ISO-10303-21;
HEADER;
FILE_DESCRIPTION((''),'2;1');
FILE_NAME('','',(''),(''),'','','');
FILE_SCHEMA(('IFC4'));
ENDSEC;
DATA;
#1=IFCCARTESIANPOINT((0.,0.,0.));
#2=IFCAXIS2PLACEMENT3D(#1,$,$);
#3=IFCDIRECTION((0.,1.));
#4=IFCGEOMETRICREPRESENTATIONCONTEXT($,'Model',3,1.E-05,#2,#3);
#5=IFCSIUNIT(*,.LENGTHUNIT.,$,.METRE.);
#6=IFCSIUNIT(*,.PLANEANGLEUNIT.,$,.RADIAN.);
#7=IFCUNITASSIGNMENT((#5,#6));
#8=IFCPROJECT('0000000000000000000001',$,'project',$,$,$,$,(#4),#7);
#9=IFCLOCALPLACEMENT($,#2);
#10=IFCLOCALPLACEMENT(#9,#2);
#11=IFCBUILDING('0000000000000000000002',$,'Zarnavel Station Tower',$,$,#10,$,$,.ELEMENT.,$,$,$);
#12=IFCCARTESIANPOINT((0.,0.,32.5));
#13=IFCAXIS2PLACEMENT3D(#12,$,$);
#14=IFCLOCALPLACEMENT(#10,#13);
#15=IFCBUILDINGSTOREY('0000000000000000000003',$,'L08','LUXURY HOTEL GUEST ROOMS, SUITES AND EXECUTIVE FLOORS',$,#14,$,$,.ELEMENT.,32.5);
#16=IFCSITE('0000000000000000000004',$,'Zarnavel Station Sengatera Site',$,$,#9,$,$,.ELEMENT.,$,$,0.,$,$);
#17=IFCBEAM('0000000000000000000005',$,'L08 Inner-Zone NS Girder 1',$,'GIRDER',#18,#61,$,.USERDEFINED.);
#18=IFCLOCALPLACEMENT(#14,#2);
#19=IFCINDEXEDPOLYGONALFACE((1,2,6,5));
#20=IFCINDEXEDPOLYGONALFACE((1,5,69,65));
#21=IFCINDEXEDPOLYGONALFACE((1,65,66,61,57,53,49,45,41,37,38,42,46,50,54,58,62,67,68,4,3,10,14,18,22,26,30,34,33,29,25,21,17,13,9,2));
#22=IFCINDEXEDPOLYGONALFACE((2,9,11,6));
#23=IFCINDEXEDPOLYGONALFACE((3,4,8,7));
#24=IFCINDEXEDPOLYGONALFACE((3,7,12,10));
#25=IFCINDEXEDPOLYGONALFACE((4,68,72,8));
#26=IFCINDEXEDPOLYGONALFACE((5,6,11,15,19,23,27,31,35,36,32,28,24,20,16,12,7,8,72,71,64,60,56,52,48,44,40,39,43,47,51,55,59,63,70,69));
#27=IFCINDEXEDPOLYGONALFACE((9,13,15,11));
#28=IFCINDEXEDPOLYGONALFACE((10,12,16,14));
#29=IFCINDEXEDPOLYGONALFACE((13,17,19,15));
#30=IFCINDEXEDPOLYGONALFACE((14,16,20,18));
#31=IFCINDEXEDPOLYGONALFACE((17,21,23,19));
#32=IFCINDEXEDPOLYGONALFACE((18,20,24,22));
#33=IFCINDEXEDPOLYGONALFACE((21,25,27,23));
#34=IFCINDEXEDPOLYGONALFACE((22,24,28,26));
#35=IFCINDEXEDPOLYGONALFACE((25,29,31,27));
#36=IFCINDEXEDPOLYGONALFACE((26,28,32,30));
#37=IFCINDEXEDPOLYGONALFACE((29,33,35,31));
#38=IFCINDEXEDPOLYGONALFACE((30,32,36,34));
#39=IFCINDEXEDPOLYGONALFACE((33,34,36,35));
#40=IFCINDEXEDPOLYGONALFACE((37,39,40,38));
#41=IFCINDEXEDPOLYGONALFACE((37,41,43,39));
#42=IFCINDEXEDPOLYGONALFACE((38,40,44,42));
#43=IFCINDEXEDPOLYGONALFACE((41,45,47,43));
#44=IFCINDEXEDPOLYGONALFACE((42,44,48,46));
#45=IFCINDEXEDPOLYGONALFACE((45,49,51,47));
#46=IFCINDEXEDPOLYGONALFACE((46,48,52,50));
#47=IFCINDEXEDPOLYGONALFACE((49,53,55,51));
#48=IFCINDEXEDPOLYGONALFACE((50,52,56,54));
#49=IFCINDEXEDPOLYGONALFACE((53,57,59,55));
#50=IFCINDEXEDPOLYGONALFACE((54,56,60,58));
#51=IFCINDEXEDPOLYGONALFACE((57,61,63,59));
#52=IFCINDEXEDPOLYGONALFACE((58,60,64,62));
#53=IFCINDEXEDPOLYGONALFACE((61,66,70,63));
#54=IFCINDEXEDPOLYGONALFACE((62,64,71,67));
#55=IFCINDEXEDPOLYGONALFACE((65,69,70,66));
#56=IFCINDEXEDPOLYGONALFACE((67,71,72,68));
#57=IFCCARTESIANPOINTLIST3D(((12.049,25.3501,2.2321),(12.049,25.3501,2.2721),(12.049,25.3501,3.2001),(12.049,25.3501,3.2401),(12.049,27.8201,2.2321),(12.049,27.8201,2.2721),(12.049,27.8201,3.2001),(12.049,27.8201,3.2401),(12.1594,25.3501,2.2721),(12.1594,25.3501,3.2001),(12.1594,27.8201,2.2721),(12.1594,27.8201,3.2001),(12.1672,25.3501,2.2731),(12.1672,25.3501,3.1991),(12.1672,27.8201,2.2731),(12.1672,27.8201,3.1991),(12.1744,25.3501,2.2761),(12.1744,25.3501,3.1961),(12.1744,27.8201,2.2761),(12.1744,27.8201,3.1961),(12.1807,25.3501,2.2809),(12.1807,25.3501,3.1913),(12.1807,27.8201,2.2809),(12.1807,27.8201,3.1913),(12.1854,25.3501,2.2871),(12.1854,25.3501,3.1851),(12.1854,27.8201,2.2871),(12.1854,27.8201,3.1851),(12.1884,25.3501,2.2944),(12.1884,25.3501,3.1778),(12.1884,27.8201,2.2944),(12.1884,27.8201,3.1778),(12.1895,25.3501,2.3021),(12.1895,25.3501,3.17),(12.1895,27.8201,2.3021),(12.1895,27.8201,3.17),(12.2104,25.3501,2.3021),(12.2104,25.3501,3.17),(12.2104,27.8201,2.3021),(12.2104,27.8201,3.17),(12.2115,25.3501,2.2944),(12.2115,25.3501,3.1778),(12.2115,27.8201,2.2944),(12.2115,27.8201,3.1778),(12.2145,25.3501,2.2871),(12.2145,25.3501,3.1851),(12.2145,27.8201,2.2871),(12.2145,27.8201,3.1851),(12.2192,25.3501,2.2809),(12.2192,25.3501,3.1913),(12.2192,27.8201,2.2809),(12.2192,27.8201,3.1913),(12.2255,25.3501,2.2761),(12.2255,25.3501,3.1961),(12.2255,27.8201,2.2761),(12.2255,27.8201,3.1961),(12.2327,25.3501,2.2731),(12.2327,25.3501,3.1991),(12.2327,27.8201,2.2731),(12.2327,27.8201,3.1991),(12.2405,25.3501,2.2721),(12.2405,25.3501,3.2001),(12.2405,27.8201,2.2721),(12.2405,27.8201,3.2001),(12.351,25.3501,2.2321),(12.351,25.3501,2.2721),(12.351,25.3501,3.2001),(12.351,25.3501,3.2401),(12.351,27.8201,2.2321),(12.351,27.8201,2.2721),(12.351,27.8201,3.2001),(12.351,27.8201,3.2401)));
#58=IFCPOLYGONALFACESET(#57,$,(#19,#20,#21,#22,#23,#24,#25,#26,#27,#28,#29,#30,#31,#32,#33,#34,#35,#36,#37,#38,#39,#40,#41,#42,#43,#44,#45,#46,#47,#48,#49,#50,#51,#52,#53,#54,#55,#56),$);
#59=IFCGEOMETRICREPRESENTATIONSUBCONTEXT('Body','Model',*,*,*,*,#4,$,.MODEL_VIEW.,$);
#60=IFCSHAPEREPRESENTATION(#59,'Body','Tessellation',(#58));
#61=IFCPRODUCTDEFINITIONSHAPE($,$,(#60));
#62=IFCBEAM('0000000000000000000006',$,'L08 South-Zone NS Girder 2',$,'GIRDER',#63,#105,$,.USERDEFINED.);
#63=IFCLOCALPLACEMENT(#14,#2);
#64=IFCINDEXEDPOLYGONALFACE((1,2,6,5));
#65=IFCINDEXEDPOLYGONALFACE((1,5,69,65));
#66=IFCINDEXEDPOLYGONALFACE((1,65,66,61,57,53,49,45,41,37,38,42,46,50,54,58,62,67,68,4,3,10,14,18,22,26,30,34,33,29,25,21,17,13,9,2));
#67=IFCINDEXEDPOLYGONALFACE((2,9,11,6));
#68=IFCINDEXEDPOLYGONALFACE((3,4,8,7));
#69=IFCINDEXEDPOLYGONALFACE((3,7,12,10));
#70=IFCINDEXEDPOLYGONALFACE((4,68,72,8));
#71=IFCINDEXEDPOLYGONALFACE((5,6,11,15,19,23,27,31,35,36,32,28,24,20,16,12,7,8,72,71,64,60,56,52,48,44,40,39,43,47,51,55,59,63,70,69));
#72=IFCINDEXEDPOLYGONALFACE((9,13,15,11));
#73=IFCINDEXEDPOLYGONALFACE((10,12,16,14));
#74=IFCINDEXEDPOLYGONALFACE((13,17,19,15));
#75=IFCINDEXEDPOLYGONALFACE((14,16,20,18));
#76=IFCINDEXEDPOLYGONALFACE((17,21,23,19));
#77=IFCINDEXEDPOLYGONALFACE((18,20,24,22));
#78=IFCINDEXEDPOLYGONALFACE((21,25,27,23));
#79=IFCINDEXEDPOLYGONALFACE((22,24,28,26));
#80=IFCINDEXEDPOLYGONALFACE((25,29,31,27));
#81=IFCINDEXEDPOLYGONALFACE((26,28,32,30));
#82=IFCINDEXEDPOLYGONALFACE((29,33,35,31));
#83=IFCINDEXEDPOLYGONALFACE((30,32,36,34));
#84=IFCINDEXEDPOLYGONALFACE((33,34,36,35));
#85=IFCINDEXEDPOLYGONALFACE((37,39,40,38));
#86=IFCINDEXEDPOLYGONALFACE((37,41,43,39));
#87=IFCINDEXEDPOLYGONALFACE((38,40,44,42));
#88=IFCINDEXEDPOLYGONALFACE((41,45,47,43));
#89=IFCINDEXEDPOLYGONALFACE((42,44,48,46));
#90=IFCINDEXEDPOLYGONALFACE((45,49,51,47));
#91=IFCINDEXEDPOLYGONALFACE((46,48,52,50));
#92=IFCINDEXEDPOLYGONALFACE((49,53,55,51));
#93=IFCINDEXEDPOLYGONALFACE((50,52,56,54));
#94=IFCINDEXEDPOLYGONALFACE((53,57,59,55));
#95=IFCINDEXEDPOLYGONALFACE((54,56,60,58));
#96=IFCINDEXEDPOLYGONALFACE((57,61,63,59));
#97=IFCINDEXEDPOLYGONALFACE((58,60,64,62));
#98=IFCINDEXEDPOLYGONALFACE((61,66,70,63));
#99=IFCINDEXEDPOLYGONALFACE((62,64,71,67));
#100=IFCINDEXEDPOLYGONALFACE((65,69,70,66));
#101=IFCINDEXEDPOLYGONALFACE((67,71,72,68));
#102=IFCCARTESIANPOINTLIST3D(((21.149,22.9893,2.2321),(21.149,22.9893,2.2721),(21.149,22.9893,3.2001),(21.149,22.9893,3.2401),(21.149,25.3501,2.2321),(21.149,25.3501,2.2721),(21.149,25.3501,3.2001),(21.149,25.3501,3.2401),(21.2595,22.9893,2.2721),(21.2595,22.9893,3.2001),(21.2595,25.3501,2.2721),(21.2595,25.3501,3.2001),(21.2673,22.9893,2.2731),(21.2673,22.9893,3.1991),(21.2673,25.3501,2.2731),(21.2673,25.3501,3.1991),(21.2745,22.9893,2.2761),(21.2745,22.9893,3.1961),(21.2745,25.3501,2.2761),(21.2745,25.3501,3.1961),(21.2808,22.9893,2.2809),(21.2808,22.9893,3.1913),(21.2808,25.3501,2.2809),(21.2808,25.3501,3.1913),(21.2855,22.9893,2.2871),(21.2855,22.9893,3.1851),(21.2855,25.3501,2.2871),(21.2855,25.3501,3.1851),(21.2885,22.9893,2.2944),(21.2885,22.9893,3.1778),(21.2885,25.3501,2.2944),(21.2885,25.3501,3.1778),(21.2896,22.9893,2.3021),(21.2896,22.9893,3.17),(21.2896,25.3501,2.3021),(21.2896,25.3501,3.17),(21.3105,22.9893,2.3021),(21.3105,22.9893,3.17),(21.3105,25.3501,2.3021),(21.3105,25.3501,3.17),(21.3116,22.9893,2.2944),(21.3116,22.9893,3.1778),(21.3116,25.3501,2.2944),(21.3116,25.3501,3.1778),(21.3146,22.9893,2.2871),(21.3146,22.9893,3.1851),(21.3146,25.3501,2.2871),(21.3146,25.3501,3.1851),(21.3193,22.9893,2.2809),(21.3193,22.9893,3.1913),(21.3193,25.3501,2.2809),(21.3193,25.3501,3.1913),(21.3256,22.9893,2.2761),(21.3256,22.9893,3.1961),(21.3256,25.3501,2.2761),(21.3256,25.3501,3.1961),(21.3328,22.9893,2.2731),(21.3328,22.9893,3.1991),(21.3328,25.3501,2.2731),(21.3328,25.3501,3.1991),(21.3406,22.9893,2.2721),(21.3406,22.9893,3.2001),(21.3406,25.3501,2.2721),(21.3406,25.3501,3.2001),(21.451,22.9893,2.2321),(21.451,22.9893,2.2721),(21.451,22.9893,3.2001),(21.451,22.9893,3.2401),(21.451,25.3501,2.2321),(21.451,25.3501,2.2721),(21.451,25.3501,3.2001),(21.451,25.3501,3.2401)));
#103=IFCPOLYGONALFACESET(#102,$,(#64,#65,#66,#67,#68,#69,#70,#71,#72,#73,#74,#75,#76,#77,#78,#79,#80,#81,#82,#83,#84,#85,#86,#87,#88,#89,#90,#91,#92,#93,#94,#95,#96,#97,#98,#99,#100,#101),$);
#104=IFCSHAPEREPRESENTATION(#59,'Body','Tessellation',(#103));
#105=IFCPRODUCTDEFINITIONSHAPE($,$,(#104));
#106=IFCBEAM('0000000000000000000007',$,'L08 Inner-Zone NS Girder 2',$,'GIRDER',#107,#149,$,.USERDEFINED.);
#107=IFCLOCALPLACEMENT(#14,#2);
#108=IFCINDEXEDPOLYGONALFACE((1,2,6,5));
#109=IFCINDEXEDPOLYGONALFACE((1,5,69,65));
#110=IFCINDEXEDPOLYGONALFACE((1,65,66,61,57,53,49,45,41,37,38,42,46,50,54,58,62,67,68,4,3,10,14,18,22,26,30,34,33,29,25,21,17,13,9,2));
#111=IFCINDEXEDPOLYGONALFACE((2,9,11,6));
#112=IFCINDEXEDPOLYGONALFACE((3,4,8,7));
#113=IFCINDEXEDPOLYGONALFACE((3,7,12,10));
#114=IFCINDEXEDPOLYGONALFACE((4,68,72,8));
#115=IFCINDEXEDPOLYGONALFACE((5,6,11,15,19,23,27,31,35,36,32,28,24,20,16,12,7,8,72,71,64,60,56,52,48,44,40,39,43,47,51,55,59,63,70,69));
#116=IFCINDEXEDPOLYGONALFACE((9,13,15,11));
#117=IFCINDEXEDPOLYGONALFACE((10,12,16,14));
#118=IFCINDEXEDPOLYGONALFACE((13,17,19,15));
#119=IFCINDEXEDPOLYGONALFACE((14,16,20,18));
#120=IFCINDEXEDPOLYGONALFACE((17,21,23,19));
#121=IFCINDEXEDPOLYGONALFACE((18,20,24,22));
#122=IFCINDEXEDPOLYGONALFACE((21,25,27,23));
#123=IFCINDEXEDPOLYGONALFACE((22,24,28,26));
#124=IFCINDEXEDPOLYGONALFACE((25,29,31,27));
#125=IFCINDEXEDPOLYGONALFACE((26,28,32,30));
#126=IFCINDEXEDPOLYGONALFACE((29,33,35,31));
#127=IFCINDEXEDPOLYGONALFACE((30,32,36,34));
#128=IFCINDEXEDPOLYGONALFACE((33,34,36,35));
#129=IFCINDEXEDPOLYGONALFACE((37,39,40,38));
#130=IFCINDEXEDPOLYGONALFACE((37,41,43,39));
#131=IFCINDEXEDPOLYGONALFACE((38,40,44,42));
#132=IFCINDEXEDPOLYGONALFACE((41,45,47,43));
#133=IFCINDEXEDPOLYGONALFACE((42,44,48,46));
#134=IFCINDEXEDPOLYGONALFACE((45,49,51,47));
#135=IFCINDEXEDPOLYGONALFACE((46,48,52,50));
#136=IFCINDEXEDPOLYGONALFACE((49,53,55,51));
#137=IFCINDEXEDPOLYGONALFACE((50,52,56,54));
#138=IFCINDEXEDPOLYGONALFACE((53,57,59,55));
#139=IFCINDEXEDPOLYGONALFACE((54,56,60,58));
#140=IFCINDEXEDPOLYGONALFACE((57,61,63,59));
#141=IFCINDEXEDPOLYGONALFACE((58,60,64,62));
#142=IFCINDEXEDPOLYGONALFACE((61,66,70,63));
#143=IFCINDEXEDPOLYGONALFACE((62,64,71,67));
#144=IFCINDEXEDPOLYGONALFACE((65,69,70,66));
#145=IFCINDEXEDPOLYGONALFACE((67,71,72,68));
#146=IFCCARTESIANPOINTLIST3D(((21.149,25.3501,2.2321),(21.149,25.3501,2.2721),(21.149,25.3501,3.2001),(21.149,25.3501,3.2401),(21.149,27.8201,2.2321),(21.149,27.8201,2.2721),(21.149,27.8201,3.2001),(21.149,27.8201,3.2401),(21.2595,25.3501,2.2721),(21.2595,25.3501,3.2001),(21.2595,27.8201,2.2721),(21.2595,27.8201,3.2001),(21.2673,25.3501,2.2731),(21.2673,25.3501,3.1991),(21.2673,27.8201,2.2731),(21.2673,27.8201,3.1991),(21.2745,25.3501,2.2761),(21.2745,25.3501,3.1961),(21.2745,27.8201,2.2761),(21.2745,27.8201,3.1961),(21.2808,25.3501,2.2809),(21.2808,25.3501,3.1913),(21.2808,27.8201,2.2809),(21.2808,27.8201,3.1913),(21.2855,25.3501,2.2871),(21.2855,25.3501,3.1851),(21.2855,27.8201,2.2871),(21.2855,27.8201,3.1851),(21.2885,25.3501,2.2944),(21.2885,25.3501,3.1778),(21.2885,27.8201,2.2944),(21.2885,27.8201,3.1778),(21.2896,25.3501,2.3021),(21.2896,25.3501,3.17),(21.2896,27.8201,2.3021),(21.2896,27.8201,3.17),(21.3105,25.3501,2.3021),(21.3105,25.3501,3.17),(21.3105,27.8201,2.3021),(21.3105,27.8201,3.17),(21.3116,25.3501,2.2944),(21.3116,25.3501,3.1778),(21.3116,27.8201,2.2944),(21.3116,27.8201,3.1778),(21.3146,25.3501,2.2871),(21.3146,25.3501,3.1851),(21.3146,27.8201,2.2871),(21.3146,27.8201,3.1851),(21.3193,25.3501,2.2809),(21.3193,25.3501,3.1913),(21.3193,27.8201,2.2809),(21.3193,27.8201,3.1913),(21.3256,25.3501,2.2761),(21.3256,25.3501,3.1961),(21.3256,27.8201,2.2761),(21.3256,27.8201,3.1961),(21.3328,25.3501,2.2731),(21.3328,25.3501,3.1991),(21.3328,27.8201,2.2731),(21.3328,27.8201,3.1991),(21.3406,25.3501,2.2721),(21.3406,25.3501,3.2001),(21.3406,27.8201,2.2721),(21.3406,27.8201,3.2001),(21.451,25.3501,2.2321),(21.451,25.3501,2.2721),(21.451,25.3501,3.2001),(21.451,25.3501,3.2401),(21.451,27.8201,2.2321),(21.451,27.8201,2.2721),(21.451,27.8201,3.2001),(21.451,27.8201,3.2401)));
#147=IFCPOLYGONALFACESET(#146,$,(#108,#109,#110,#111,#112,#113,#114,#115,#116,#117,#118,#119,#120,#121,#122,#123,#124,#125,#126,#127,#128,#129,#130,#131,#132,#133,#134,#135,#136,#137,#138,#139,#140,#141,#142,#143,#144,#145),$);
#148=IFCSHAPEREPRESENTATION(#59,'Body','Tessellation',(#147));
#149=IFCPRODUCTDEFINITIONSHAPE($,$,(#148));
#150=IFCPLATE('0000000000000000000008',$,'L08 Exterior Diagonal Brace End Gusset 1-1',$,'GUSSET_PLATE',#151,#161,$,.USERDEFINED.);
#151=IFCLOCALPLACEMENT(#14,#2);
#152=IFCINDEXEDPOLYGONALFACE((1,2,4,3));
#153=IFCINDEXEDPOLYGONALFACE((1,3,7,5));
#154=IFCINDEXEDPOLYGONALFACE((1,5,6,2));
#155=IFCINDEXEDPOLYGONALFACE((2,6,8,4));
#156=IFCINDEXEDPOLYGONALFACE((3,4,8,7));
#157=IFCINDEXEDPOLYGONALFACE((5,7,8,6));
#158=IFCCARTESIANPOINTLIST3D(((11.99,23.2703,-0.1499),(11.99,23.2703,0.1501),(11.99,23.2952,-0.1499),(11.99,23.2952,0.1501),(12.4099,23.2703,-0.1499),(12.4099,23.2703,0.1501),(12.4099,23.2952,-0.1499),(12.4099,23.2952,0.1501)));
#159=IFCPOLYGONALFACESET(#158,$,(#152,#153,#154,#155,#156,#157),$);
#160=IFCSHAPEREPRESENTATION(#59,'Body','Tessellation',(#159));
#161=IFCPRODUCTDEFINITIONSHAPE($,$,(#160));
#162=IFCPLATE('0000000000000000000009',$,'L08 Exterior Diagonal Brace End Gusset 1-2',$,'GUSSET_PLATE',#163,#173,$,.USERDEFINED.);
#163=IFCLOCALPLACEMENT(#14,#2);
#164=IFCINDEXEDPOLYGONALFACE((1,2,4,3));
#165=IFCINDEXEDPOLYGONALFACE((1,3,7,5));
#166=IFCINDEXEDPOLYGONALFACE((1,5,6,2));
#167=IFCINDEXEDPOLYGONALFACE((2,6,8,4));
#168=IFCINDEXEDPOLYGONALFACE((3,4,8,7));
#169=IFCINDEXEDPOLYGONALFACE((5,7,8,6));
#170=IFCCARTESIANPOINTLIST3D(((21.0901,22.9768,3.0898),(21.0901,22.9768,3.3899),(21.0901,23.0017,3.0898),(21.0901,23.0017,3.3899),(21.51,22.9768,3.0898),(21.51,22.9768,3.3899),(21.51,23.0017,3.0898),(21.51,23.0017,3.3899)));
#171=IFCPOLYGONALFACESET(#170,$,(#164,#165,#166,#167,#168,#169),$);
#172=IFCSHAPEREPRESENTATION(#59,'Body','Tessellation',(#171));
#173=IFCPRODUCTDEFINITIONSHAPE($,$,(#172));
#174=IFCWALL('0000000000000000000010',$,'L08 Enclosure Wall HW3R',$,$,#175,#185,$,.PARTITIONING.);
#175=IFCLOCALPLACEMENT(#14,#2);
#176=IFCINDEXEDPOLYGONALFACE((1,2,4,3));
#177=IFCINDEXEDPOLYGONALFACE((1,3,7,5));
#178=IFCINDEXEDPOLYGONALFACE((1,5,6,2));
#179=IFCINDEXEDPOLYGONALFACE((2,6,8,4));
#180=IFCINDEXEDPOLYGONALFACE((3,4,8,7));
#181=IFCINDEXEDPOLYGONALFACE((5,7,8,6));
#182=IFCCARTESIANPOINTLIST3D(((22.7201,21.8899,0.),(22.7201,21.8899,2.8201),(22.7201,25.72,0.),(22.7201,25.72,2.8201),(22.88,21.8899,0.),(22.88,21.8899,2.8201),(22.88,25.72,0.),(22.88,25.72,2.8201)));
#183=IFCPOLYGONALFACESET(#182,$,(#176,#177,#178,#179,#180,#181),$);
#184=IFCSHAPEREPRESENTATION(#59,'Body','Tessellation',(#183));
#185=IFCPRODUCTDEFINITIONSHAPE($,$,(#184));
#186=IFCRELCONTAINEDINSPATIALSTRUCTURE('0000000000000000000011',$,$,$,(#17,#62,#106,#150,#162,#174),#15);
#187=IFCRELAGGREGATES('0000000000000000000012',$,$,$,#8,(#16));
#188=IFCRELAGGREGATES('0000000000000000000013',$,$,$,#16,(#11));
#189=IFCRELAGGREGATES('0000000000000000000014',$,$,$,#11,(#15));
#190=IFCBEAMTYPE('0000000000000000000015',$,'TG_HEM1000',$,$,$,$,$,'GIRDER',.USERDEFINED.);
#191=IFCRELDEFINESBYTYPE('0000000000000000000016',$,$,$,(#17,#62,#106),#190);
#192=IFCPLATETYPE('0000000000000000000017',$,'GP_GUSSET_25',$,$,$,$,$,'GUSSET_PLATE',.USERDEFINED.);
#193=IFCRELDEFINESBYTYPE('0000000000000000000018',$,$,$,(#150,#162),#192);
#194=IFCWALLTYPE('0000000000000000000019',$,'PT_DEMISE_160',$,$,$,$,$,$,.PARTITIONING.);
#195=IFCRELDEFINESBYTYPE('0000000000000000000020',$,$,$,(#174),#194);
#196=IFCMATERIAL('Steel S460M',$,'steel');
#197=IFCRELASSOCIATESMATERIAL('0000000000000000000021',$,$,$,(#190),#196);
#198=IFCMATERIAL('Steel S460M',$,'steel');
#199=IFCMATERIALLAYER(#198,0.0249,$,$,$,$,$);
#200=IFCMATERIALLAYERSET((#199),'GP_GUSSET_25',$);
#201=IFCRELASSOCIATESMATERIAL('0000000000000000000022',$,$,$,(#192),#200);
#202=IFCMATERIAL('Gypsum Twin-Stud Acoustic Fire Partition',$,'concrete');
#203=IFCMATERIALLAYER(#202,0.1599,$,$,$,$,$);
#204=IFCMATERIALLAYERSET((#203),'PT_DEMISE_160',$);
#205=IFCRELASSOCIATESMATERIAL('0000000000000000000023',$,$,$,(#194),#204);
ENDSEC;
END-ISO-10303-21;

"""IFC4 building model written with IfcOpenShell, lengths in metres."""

from ifc_helpers import new_model, si_unit, direction, frame, frame_2d, origin, origin_2d, place, context, subcontext, project, spatial, rectangle, i_section, extrude, material, layer, layer_set, material_profile, profile_set, type_object, element, save


model = new_model("IFC4")

# Units and contexts
model_context = context("Model", 3, precision=1e-05, world=origin(), true_north=direction((0.0, 1.0)))
body_context = subcontext(model_context, "Body", "Model", "MODEL_VIEW")
ifc_project = project(units=[si_unit("LENGTHUNIT", "METRE"), si_unit("PLANEANGLEUNIT", "RADIAN")], contexts=[model_context])

# Site, building, storey
site_placement = place(None, origin())
site = spatial("IfcSite", under=ifc_project, at=site_placement, Name="Zarnavel Station Sengatera Site", CompositionType="ELEMENT", RefElevation=0.0)
building_placement = place(site_placement, origin())
building = spatial("IfcBuilding", under=site, at=building_placement, Name="Zarnavel Station Tower", CompositionType="ELEMENT")
storey_placement = place(building_placement, frame((0.0, 0.0, 32.5)))
storey = spatial("IfcBuildingStorey", under=building, at=storey_placement, Name="L08", Description="LUXURY HOTEL GUEST ROOMS, SUITES AND EXECUTIVE FLOORS", CompositionType="ELEMENT", Elevation=32.5)

# Beams
ifc_material_1 = material(Name="Steel S460M", Category="steel")
ifc_material_profile_1 = material_profile(ifc_material_1, i_section(OverallWidth=0.302, OverallDepth=1.0081, WebThickness=0.021, FlangeThickness=0.04, FilletRadius=0.03, at=origin_2d()), Name="HEM1000")
ifc_profile_set_1 = profile_set([ifc_material_profile_1], Name="Steel S460M")
beam_type_1 = type_object("IfcBeamType", Name="TG_HEM1000", ElementType="GIRDER", PredefinedType="USERDEFINED", material=ifc_profile_set_1)
beam_1_placement = place(storey_placement, frame((12.2, 25.3501, 2.7361), z_axis=(0.0, 1.0, 0.0), x_axis=(-1.0, 0.0, 0.0)))
element("IfcBeam", 1, at=beam_1_placement, inside=storey, type_object=beam_type_1, Name="L08 Inner-Zone NS Girder 1", ObjectType="GIRDER", PredefinedType="USERDEFINED", context=body_context, shape_type="SweptSolid", body=[
    extrude(i_section(OverallWidth=0.302, OverallDepth=1.0081, WebThickness=0.021, FlangeThickness=0.04, FilletRadius=0.03, at=origin_2d()), origin(), (0.0, 0.0, 1.0), 2.47),
])
beam_2_placement = place(storey_placement, frame((21.3, 22.9893, 2.7361), z_axis=(0.0, 1.0, 0.0), x_axis=(-1.0, 0.0, 0.0)))
element("IfcBeam", 2, at=beam_2_placement, inside=storey, type_object=beam_type_1, Name="L08 South-Zone NS Girder 2", ObjectType="GIRDER", PredefinedType="USERDEFINED", context=body_context, shape_type="SweptSolid", body=[
    extrude(i_section(OverallWidth=0.302, OverallDepth=1.0081, WebThickness=0.021, FlangeThickness=0.04, FilletRadius=0.03, at=origin_2d()), origin(), (0.0, 0.0, 1.0), 2.3608),
])
beam_3_placement = place(storey_placement, frame((21.3, 25.3501, 2.7361), z_axis=(0.0, 1.0, 0.0), x_axis=(-1.0, 0.0, 0.0)))
element("IfcBeam", 3, at=beam_3_placement, inside=storey, type_object=beam_type_1, Name="L08 Inner-Zone NS Girder 2", ObjectType="GIRDER", PredefinedType="USERDEFINED", context=body_context, shape_type="SweptSolid", body=[
    extrude(i_section(OverallWidth=0.302, OverallDepth=1.0081, WebThickness=0.021, FlangeThickness=0.04, FilletRadius=0.03, at=origin_2d()), origin(), (0.0, 0.0, 1.0), 2.47),
])

# Plates
ifc_material_2 = material(Name="Steel S460M", Category="steel")
ifc_layer_1 = layer(ifc_material_2, 0.0249)
ifc_layer_set_1 = layer_set([ifc_layer_1], Name="GP_GUSSET_25")
plate_type = type_object("IfcPlateType", Name="GP_GUSSET_25", ElementType="GUSSET_PLATE", PredefinedType="USERDEFINED", material=ifc_layer_set_1)
for number, where, z_axis, x_axis, name in (
    (4, (12.2, 23.2827, -0.1499), (0.0, 0.0, 1.0), (1.0, 0.0, 0.0), "L08 Exterior Diagonal Brace End Gusset 1-1"),
    (5, (21.3, 22.9893, 3.0898), (0.0, 0.0, 1.0), (1.0, 0.0, 0.0), "L08 Exterior Diagonal Brace End Gusset 1-2"),
):
    element("IfcPlate", number, at=place(storey_placement, frame(where, z_axis=z_axis, x_axis=x_axis)), inside=storey, type_object=plate_type, Name=name, ObjectType="GUSSET_PLATE", PredefinedType="USERDEFINED", context=body_context, shape_type="SweptSolid", body=[
        extrude(rectangle(XDim=0.4199, YDim=0.0249, at=origin_2d()), origin(), (0.0, 0.0, 1.0), 0.3),
    ])

# Wall
ifc_material_3 = material(Name="Gypsum Twin-Stud Acoustic Fire Partition", Category="concrete")
ifc_layer_2 = layer(ifc_material_3, 0.1599)
ifc_layer_set_2 = layer_set([ifc_layer_2], Name="PT_DEMISE_160")
wall_type_1 = type_object("IfcWallType", Name="PT_DEMISE_160", PredefinedType="PARTITIONING", material=ifc_layer_set_2)
wall_1_placement = place(storey_placement, frame((22.8, 21.8899, 0.0), z_axis=(0.0, 0.0, 1.0), x_axis=(0.0, 1.0, 0.0)))
element("IfcWall", 6, at=wall_1_placement, inside=storey, type_object=wall_type_1, Name="L08 Enclosure Wall HW3R", PredefinedType="PARTITIONING", context=body_context, shape_type="SweptSolid", body=[
    extrude(rectangle(XDim=3.8301, YDim=0.1599, at=frame_2d((1.915, 0.0))), origin(), (0.0, 0.0, 1.0), 2.8201),
])

save(model, "model.ifc")
